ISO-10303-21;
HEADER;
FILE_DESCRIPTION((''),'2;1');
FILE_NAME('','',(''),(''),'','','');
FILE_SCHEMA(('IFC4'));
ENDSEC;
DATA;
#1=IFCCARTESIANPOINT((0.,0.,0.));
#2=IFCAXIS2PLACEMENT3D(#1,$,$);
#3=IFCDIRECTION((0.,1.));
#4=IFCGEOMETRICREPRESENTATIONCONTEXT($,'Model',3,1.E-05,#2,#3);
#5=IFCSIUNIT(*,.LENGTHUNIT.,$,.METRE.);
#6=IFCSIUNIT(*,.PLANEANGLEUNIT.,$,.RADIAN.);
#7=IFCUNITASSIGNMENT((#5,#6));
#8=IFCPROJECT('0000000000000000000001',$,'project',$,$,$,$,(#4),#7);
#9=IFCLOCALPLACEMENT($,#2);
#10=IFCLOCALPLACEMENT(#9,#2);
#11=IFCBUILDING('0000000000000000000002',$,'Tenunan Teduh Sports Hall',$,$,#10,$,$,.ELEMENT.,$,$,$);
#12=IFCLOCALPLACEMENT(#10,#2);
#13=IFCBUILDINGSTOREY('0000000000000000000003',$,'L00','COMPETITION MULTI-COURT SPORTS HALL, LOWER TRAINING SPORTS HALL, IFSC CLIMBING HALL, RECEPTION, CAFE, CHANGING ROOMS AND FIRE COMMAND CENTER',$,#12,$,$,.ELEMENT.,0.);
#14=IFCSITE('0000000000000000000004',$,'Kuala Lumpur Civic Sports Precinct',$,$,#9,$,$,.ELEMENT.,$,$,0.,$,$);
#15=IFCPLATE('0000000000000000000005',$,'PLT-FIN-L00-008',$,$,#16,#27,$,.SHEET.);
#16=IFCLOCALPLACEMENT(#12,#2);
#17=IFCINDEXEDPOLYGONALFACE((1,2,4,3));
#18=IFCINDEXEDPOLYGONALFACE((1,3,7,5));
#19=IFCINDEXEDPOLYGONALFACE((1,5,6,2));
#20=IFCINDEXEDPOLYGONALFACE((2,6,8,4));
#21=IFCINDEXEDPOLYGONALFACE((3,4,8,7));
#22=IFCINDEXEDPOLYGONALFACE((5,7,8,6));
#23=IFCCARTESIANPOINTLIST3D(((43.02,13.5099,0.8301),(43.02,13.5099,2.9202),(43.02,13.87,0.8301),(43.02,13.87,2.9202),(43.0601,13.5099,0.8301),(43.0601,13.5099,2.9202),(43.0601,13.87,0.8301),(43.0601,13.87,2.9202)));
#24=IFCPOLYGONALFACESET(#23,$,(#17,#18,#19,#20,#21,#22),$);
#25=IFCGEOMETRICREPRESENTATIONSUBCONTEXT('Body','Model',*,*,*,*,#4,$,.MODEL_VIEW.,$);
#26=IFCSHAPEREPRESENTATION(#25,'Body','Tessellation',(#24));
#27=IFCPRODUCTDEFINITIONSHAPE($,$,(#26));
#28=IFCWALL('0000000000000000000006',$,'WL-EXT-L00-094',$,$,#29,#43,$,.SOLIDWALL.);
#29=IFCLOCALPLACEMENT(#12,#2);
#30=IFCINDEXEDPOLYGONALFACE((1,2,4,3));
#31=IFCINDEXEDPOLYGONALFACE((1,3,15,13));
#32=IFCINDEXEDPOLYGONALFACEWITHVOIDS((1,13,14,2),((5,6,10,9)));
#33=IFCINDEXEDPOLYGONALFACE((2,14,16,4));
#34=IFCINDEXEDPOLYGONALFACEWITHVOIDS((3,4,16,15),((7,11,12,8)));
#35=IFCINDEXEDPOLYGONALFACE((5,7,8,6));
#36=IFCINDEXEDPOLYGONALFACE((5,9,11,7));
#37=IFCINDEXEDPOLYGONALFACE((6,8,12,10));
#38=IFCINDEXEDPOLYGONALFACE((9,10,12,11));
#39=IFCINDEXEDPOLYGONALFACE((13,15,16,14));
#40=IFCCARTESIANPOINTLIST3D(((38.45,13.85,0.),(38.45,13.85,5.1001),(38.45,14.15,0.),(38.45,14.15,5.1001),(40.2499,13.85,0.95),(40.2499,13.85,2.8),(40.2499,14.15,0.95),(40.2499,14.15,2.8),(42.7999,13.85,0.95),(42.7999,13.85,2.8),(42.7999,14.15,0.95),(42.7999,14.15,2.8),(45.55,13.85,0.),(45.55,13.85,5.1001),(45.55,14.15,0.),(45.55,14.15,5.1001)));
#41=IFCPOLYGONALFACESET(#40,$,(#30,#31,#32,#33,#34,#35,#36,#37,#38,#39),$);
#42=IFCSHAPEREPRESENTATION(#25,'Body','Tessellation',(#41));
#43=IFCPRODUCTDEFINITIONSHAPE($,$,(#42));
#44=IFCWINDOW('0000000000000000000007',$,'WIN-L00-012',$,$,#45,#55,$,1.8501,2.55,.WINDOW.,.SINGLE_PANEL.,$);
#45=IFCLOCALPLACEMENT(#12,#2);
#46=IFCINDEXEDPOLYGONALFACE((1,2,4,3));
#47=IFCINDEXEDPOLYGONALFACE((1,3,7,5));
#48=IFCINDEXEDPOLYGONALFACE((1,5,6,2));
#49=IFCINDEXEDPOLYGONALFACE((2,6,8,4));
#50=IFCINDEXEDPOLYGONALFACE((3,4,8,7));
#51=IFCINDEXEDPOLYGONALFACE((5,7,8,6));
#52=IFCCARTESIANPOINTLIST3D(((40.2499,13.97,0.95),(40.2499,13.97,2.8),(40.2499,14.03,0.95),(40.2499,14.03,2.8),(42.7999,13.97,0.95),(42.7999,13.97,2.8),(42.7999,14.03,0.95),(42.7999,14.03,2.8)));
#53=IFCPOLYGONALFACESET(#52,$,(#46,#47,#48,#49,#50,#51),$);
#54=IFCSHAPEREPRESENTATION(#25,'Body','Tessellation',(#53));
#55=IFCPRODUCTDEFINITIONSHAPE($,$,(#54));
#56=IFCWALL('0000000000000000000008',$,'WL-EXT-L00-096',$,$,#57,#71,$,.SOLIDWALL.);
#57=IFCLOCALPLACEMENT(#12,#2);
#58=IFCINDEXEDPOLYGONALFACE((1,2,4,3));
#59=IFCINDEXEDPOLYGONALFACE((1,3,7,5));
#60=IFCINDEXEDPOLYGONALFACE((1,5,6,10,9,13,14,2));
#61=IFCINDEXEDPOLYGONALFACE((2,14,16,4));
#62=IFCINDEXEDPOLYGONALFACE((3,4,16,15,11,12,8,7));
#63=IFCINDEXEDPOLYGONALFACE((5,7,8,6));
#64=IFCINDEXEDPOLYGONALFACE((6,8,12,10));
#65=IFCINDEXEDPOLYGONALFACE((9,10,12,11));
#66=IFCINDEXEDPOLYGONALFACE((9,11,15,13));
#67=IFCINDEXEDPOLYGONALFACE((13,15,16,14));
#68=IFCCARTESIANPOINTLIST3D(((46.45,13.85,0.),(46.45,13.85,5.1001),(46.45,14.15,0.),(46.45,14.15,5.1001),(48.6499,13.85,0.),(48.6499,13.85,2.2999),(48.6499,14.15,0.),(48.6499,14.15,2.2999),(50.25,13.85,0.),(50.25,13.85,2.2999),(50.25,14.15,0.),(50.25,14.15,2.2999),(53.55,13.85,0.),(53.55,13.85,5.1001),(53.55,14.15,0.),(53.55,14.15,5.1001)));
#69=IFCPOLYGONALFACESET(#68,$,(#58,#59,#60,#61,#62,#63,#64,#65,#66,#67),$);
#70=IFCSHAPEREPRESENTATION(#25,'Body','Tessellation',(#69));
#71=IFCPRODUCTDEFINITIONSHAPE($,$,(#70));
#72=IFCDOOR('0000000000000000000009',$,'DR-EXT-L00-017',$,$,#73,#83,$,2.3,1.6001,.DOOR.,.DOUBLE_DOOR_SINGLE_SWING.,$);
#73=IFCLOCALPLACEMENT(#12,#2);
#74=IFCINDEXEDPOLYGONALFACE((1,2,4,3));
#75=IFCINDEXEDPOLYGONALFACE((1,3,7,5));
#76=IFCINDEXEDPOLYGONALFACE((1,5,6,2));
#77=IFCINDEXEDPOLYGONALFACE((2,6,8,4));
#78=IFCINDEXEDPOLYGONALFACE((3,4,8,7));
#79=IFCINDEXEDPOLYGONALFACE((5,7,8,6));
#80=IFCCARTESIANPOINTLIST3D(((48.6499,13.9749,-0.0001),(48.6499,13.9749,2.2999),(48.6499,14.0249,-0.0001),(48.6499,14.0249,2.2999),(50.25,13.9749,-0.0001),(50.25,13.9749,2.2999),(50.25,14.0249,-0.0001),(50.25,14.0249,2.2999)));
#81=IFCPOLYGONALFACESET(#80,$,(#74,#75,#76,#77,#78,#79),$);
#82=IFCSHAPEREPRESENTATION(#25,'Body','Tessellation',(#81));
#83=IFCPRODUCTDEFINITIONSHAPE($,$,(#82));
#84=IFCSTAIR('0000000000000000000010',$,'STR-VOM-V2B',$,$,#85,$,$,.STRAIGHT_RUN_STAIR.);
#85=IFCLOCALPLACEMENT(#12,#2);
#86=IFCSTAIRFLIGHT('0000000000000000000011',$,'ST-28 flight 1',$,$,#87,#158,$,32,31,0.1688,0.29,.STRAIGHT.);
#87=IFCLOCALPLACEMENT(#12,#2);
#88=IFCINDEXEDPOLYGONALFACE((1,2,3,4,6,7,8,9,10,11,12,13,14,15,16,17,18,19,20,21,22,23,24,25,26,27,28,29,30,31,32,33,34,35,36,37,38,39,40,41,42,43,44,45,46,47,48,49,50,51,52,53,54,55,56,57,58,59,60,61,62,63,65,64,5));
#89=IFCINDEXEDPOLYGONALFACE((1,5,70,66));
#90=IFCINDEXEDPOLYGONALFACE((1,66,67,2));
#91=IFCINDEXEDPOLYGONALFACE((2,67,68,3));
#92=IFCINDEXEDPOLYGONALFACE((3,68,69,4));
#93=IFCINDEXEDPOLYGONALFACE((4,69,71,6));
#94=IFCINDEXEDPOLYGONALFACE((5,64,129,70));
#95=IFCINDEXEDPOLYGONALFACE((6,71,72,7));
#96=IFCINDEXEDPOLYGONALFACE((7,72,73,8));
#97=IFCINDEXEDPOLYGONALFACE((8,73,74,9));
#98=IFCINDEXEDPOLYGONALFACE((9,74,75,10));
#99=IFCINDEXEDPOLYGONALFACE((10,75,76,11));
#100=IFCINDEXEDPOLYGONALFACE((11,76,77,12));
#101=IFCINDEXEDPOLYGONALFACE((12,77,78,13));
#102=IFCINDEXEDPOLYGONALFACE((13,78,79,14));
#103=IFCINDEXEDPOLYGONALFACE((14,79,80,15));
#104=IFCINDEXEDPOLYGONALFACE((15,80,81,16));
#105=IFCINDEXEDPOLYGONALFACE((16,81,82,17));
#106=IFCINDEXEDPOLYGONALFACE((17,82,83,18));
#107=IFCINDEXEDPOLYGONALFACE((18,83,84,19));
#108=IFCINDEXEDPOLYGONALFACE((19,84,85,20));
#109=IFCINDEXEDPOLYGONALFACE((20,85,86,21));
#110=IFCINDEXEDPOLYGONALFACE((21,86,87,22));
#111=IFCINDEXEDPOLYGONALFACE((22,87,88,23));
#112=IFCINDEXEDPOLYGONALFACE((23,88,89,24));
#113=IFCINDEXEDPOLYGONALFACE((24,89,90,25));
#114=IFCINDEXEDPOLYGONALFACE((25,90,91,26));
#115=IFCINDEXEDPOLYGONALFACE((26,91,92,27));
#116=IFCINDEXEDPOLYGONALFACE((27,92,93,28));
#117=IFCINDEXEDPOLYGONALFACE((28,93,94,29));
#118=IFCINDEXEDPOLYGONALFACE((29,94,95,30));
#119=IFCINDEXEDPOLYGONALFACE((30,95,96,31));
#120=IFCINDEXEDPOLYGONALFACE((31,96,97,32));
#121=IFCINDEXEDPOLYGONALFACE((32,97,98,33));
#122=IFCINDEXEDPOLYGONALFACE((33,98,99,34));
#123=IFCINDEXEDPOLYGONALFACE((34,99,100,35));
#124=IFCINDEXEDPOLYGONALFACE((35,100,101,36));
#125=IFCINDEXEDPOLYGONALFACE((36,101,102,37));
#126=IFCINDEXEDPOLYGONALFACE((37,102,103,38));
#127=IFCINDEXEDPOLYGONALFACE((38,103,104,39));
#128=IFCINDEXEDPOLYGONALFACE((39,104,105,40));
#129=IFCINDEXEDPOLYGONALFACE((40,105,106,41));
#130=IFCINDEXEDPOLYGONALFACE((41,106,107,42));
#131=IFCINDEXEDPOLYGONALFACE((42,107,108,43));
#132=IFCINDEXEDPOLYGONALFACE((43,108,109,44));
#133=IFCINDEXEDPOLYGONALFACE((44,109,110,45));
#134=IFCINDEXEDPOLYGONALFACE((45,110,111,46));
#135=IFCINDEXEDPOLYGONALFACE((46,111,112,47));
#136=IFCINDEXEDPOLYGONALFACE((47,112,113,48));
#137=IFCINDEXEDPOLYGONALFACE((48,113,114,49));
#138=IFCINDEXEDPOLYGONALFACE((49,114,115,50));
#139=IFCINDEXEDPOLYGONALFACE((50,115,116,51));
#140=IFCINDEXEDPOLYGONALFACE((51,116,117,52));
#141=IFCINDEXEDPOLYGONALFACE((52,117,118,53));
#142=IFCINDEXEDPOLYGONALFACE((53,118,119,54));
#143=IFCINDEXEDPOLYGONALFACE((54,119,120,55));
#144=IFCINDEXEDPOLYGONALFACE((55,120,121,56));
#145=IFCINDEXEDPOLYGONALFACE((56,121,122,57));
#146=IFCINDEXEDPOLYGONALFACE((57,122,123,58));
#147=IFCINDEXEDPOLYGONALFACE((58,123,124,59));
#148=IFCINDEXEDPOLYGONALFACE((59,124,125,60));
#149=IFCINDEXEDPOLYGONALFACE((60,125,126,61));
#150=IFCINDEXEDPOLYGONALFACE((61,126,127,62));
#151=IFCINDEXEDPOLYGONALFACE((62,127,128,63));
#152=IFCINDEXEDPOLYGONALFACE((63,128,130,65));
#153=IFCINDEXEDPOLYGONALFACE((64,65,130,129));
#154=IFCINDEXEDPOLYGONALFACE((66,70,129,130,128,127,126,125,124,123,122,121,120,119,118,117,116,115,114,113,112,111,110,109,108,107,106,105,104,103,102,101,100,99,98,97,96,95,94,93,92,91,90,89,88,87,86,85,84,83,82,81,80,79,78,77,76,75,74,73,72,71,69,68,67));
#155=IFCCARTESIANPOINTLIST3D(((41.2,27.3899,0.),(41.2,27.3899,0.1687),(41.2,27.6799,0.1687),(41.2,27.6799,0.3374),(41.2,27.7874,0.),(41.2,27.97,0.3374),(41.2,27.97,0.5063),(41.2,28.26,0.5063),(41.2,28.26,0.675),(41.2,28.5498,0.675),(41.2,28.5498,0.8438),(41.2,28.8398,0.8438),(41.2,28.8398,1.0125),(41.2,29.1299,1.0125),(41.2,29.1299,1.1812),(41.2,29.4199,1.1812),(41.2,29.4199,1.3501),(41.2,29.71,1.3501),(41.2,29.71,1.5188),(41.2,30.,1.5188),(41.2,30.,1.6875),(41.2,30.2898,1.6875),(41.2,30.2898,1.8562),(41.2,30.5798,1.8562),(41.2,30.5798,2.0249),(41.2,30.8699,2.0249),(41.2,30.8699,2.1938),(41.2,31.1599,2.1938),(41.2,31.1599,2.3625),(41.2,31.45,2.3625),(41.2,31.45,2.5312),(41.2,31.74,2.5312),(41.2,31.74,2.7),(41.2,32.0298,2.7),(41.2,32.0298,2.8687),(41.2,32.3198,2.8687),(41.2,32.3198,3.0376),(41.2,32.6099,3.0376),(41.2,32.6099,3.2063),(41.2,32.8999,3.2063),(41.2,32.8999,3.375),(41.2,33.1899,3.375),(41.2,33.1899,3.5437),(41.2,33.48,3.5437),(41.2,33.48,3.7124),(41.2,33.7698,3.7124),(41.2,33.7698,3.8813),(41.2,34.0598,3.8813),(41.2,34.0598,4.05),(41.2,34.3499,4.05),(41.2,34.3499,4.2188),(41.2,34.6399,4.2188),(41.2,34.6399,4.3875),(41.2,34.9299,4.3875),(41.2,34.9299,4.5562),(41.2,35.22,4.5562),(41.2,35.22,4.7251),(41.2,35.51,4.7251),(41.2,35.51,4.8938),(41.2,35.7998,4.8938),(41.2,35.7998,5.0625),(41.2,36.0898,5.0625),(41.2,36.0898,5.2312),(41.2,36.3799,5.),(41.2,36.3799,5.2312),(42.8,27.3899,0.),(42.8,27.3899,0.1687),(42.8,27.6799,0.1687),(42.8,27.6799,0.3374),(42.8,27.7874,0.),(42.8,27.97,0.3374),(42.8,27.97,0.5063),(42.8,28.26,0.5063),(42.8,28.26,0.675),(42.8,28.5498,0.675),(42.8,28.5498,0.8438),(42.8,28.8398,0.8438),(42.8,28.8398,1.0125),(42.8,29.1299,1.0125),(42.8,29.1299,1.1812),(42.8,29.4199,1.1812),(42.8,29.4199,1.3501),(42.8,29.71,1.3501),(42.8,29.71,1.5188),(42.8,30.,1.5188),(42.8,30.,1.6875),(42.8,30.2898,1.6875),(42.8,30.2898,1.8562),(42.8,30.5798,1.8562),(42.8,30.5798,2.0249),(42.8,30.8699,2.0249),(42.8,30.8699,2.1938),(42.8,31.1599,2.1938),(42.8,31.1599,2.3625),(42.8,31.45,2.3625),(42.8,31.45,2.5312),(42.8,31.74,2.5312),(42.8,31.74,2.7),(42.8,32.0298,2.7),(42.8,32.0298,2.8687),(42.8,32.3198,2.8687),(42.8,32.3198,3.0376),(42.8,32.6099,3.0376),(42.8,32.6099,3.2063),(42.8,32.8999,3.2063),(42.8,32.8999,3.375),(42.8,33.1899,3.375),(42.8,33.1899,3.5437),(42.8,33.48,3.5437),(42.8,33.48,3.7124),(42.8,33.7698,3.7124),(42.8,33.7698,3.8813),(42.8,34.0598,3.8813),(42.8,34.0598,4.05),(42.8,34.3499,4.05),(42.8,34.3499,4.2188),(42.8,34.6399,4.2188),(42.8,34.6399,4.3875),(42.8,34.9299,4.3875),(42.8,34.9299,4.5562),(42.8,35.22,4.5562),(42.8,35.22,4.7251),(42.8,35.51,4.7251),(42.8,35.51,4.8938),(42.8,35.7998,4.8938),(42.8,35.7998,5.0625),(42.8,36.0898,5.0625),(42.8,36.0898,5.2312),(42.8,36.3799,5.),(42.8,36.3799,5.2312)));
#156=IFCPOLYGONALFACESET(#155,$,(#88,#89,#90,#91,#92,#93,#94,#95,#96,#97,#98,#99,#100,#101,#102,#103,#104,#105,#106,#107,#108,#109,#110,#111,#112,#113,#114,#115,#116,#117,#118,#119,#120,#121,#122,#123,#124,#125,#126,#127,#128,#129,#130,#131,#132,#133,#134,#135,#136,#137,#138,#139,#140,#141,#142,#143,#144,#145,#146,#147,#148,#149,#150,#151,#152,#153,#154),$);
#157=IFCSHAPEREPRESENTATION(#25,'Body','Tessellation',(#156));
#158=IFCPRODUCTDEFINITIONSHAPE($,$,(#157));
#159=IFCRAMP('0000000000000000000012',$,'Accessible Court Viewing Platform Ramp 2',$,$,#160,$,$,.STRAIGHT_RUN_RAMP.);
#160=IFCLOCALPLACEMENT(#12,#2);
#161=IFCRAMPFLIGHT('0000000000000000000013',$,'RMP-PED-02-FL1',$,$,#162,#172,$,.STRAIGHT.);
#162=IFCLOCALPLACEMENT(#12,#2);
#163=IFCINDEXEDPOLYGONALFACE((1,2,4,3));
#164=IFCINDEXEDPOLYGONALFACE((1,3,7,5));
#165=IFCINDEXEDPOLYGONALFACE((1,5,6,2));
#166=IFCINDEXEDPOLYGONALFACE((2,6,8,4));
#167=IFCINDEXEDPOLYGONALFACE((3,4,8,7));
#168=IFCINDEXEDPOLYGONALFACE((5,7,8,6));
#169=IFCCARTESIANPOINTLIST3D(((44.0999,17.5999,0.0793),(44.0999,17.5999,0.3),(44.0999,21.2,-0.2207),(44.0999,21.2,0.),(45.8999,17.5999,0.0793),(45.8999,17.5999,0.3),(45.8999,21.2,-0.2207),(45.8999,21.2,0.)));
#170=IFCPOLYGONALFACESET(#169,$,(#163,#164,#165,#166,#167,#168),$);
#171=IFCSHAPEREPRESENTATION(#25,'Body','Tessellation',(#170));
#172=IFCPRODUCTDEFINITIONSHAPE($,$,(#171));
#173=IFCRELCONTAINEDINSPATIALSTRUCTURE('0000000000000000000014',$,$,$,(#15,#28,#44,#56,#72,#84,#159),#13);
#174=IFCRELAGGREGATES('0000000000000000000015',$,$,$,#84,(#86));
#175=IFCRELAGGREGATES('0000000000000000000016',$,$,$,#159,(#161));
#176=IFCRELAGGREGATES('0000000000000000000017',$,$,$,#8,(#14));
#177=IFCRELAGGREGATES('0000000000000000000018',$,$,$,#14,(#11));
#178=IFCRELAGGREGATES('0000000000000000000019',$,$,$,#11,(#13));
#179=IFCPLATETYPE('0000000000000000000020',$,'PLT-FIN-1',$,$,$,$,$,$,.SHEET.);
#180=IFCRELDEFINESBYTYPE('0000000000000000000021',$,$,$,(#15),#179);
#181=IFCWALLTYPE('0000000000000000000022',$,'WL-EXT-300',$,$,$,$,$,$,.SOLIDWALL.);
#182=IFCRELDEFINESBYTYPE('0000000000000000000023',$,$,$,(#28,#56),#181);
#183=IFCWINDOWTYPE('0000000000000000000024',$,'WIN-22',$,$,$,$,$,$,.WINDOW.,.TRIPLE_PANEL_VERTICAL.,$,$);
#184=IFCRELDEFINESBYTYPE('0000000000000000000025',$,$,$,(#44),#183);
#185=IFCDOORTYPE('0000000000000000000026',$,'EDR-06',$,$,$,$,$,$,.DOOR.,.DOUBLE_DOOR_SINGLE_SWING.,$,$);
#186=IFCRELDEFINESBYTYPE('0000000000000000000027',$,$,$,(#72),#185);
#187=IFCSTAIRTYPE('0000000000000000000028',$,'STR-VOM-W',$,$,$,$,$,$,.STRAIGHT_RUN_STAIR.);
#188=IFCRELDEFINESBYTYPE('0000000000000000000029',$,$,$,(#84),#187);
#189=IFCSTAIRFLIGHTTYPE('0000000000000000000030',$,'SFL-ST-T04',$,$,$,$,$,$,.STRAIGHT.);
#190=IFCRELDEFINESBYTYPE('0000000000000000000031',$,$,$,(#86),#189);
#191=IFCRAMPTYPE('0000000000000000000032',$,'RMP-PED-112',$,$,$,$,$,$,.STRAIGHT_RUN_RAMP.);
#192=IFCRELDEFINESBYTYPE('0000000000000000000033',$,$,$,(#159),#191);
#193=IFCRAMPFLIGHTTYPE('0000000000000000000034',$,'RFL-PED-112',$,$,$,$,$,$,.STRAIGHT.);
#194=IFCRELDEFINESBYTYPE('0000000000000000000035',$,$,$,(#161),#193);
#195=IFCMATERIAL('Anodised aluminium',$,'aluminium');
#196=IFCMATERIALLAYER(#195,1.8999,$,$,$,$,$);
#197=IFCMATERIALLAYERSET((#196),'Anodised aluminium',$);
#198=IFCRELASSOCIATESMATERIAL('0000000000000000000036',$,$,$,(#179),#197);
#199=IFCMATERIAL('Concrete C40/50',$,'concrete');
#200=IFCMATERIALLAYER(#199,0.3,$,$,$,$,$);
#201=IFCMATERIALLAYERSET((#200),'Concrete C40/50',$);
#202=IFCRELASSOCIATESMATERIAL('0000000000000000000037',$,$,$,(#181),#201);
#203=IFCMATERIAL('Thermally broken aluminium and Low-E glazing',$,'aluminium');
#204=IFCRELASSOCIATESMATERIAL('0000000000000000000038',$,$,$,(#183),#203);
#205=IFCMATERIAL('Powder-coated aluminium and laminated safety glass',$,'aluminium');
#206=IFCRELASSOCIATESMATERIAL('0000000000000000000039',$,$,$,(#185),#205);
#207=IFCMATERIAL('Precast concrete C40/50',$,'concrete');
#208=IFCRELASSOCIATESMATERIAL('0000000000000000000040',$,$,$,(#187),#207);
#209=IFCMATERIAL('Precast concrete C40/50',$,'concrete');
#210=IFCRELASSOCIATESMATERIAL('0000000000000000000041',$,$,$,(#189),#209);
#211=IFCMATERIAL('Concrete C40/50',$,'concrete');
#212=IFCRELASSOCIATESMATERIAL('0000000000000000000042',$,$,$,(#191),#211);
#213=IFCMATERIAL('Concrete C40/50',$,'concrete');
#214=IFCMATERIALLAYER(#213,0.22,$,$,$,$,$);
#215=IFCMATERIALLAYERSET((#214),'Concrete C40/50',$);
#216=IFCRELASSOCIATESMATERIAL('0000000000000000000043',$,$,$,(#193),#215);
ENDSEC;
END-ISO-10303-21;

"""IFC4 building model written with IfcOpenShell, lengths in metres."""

from ifc_helpers import new_model, si_unit, direction, frame, frame_2d, origin, origin_2d, place, context, subcontext, project, spatial, polyline, rectangle, outline, extrude, material, layer, layer_set, type_object, element, fill, aggregate, save


model = new_model("IFC4")

# Units and contexts
model_context = context("Model", 3, precision=1e-05, world=origin(), true_north=direction((0.0, 1.0)))
body_context = subcontext(model_context, "Body", "Model", "MODEL_VIEW")
ifc_project = project(units=[si_unit("LENGTHUNIT", "METRE"), si_unit("PLANEANGLEUNIT", "RADIAN")], contexts=[model_context])

# Site, building, storey
site_placement = place(None, origin())
site = spatial("IfcSite", under=ifc_project, at=site_placement, Name="Kuala Lumpur Civic Sports Precinct", CompositionType="ELEMENT", RefElevation=0.0)
building_placement = place(site_placement, origin())
building = spatial("IfcBuilding", under=site, at=building_placement, Name="Tenunan Teduh Sports Hall", CompositionType="ELEMENT")
storey_placement = place(building_placement, origin())
storey = spatial("IfcBuildingStorey", under=building, at=storey_placement, Name="L00", Description="COMPETITION MULTI-COURT SPORTS HALL, LOWER TRAINING SPORTS HALL, IFSC CLIMBING HALL, RECEPTION, CAFE, CHANGING ROOMS AND FIRE COMMAND CENTER", CompositionType="ELEMENT", Elevation=0.0)

# Plate
ifc_material_1 = material(Name="Anodised aluminium", Category="aluminium")
ifc_layer_1 = layer(ifc_material_1, 1.8999)
ifc_layer_set_1 = layer_set([ifc_layer_1], Name="Anodised aluminium")
plate_type = type_object("IfcPlateType", Name="PLT-FIN-1", PredefinedType="SHEET", material=ifc_layer_set_1)
plate_placement = place(storey_placement, frame((43.04, 13.6899, 0.8301), z_axis=(0.0, 0.0, 1.0), x_axis=(1.0, 0.0, 0.0)))
element("IfcPlate", 1, at=plate_placement, inside=storey, type_object=plate_type, Name="PLT-FIN-L00-008", PredefinedType="SHEET", context=body_context, shape_type="SweptSolid", body=[
    extrude(rectangle(XDim=0.04, YDim=0.3601, at=origin_2d()), origin(), (0.0, 0.0, 1.0), 2.0901),
])

# Wall, opening, window
ifc_material_2 = material(Name="Concrete C40/50", Category="concrete")
ifc_layer_2 = layer(ifc_material_2, 0.3)
ifc_layer_set_2 = layer_set([ifc_layer_2], Name="Concrete C40/50")
wall_type = type_object("IfcWallType", Name="WL-EXT-300", PredefinedType="SOLIDWALL", material=ifc_layer_set_2)
wall_1_placement = place(storey_placement, frame((38.45, 14.0, 0.0), z_axis=(0.0, 0.0, 1.0), x_axis=(1.0, 0.0, 0.0)))
wall_1 = element("IfcWall", 2, at=wall_1_placement, inside=storey, type_object=wall_type, Name="WL-EXT-L00-094", PredefinedType="SOLIDWALL", context=body_context, shape_type="SweptSolid", body=[
    extrude(rectangle(XDim=7.1001, YDim=0.3, at=frame_2d((3.55, 0.0))), origin(), (0.0, 0.0, 1.0), 5.1001),
])
opening_1_placement = place(wall_1_placement, frame((1.8, 0.0, 0.95)))
opening_1 = element("IfcOpeningElement", 3, at=opening_1_placement, cuts=wall_1, PredefinedType="OPENING", context=body_context, shape_type="SweptSolid", body=[
    extrude(rectangle(XDim=2.55, YDim=1.8501, at=frame_2d((1.2749, 0.925))), frame((0.0, 0.1599, 0.0), z_axis=(0.0, -1.0, 0.0), x_axis=(1.0, 0.0, 0.0)), (0.0, 0.0, 1.0), 0.3201),
])
ifc_material_3 = material(Name="Thermally broken aluminium and Low-E glazing", Category="aluminium")
window_type = type_object("IfcWindowType", Name="WIN-22", PartitioningType="TRIPLE_PANEL_VERTICAL", PredefinedType="WINDOW", material=ifc_material_3)
window_placement = place(opening_1_placement, origin())
window = element("IfcWindow", 4, at=window_placement, inside=storey, type_object=window_type, Name="WIN-L00-012", OverallHeight=1.8501, OverallWidth=2.55, PartitioningType="SINGLE_PANEL", PredefinedType="WINDOW", context=body_context, shape_type="SweptSolid", body=[
    extrude(rectangle(XDim=2.55, YDim=1.8501, at=frame_2d((1.2749, 0.925))), frame((0.0, 0.03, 0.0), z_axis=(0.0, -1.0, 0.0), x_axis=(1.0, 0.0, 0.0)), (0.0, 0.0, 1.0), 0.0601),
])
fill(opening_1, window)

# Wall, opening, door
wall_2_placement = place(storey_placement, frame((46.45, 14.0, 0.0), z_axis=(0.0, 0.0, 1.0), x_axis=(1.0, 0.0, 0.0)))
wall_2 = element("IfcWall", 5, at=wall_2_placement, inside=storey, type_object=wall_type, Name="WL-EXT-L00-096", PredefinedType="SOLIDWALL", context=body_context, shape_type="SweptSolid", body=[
    extrude(rectangle(XDim=7.1001, YDim=0.3, at=frame_2d((3.55, 0.0))), origin(), (0.0, 0.0, 1.0), 5.1001),
])
opening_2_placement = place(wall_2_placement, frame((2.2, 0.0, 0.0)))
opening_2 = element("IfcOpeningElement", 6, at=opening_2_placement, cuts=wall_2, PredefinedType="OPENING", context=body_context, shape_type="SweptSolid", body=[
    extrude(rectangle(XDim=1.6001, YDim=2.3, at=frame_2d((0.8, 1.1499))), frame((0.0, 0.1599, 0.0), z_axis=(0.0, -1.0, 0.0), x_axis=(1.0, 0.0, 0.0)), (0.0, 0.0, 1.0), 0.3201),
])
ifc_material_4 = material(Name="Powder-coated aluminium and laminated safety glass", Category="aluminium")
door_type = type_object("IfcDoorType", Name="EDR-06", OperationType="DOUBLE_DOOR_SINGLE_SWING", PredefinedType="DOOR", material=ifc_material_4)
door_placement = place(opening_2_placement, origin())
door = element("IfcDoor", 7, at=door_placement, inside=storey, type_object=door_type, Name="DR-EXT-L00-017", OperationType="DOUBLE_DOOR_SINGLE_SWING", OverallHeight=2.3, OverallWidth=1.6001, PredefinedType="DOOR", context=body_context, shape_type="SweptSolid", body=[
    extrude(rectangle(XDim=1.6001, YDim=2.3, at=frame_2d((0.8, 1.1499))), frame((0.0, 0.0249, 0.0), z_axis=(0.0, -1.0, 0.0), x_axis=(1.0, 0.0, 0.0)), (0.0, 0.0, 1.0), 0.05),
])
fill(opening_2, door)

# Stair, stair flight
ifc_material_5 = material(Name="Precast concrete C40/50", Category="concrete")
stair_type = type_object("IfcStairType", Name="STR-VOM-W", PredefinedType="STRAIGHT_RUN_STAIR", material=ifc_material_5)
stair_placement = place(storey_placement, origin())
stair = element("IfcStair", 8, at=stair_placement, inside=storey, type_object=stair_type, Name="STR-VOM-V2B", PredefinedType="STRAIGHT_RUN_STAIR")
ifc_material_6 = material(Name="Precast concrete C40/50", Category="concrete")
stair_flight_type = type_object("IfcStairFlightType", Name="SFL-ST-T04", PredefinedType="STRAIGHT", material=ifc_material_6)
stair_flight_placement = place(storey_placement, frame((42.0, 27.3899, 0.0), z_axis=(0.0, 0.0, 1.0), x_axis=(0.0, 1.0, 0.0)))
stair_flight = element("IfcStairFlight", 9, at=stair_flight_placement, type_object=stair_flight_type, Name="ST-28 flight 1", NumberOfRisers=32, NumberOfTreads=31, PredefinedType="STRAIGHT", RiserHeight=0.1688, TreadLength=0.29, context=body_context, shape_type="SweptSolid", body=[
    extrude(outline(polyline([(0.0, 0.0), (0.0, 0.1687), (0.29, 0.1687), (0.29, 0.3374), (0.5801, 0.3374), (0.5801, 0.5063), (0.8701, 0.5063), (0.8701, 0.675), (1.1599, 0.675), (1.1599, 0.8438), (1.45, 0.8438), (1.45, 1.0125), (1.74, 1.0125), (1.74, 1.1812), (2.03, 1.1812), (2.03, 1.3501), (2.3201, 1.3501), (2.3201, 1.5188), (2.6101, 1.5188), (2.6101, 1.6875), (2.8999, 1.6875), (2.8999, 1.8562), (3.1899, 1.8562), (3.1899, 2.0249), (3.48, 2.0249), (3.48, 2.1938), (3.77, 2.1938), (3.77, 2.3625), (4.0601, 2.3625), (4.0601, 2.5312), (4.3501, 2.5312), (4.3501, 2.7), (4.6399, 2.7), (4.6399, 2.8687), (4.9299, 2.8687), (4.9299, 3.0376), (5.22, 3.0376), (5.22, 3.2063), (5.51, 3.2063), (5.51, 3.375), (5.8, 3.375), (5.8, 3.5437), (6.0901, 3.5437), (6.0901, 3.7124), (6.3799, 3.7124), (6.3799, 3.8813), (6.6699, 3.8813), (6.6699, 4.05), (6.96, 4.05), (6.96, 4.2188), (7.25, 4.2188), (7.25, 4.3875), (7.54, 4.3875), (7.54, 4.5562), (7.8301, 4.5562), (7.8301, 4.7251), (8.1201, 4.7251), (8.1201, 4.8938), (8.4099, 4.8938), (8.4099, 5.0625), (8.7, 5.0625), (8.7, 5.2312), (8.99, 5.2312), (8.99, 5.3999), (8.99, 5.0), (0.3975, 0.0), (0.0, 0.0)])), frame((0.0, 0.8, 0.0), z_axis=(0.0, -1.0, 0.0), x_axis=(1.0, 0.0, 0.0)), (0.0, 0.0, 1.0), 1.6001),
])

# Ramp, ramp flight
ifc_material_7 = material(Name="Concrete C40/50", Category="concrete")
ramp_type = type_object("IfcRampType", Name="RMP-PED-112", PredefinedType="STRAIGHT_RUN_RAMP", material=ifc_material_7)
ramp_placement = place(storey_placement, origin())
ramp = element("IfcRamp", 10, at=ramp_placement, inside=storey, type_object=ramp_type, Name="Accessible Court Viewing Platform Ramp 2", PredefinedType="STRAIGHT_RUN_RAMP")
ifc_material_8 = material(Name="Concrete C40/50", Category="concrete")
ifc_layer_3 = layer(ifc_material_8, 0.22)
ifc_layer_set_3 = layer_set([ifc_layer_3], Name="Concrete C40/50")
ramp_flight_type = type_object("IfcRampFlightType", Name="RFL-PED-112", PredefinedType="STRAIGHT", material=ifc_layer_set_3)
ramp_flight_placement = place(storey_placement, frame((45.0, 21.2, 0.0), z_axis=(0.0, 0.0, 1.0), x_axis=(0.0, -1.0, 0.0)))
ramp_flight = element("IfcRampFlight", 11, at=ramp_flight_placement, type_object=ramp_flight_type, Name="RMP-PED-02-FL1", PredefinedType="STRAIGHT", context=body_context, shape_type="SweptSolid", body=[
    extrude(outline(polyline([(0.0, 0.0), (3.6001, 0.3), (3.6001, 0.0793), (0.0, -0.2207), (0.0, 0.0)])), frame((0.0, 0.8999, 0.0), z_axis=(0.0, -1.0, 0.0), x_axis=(1.0, 0.0, 0.0)), (0.0, 0.0, 1.0), 1.8),
])

aggregate(stair, [stair_flight])
aggregate(ramp, [ramp_flight])

save(model, "model.ifc")
